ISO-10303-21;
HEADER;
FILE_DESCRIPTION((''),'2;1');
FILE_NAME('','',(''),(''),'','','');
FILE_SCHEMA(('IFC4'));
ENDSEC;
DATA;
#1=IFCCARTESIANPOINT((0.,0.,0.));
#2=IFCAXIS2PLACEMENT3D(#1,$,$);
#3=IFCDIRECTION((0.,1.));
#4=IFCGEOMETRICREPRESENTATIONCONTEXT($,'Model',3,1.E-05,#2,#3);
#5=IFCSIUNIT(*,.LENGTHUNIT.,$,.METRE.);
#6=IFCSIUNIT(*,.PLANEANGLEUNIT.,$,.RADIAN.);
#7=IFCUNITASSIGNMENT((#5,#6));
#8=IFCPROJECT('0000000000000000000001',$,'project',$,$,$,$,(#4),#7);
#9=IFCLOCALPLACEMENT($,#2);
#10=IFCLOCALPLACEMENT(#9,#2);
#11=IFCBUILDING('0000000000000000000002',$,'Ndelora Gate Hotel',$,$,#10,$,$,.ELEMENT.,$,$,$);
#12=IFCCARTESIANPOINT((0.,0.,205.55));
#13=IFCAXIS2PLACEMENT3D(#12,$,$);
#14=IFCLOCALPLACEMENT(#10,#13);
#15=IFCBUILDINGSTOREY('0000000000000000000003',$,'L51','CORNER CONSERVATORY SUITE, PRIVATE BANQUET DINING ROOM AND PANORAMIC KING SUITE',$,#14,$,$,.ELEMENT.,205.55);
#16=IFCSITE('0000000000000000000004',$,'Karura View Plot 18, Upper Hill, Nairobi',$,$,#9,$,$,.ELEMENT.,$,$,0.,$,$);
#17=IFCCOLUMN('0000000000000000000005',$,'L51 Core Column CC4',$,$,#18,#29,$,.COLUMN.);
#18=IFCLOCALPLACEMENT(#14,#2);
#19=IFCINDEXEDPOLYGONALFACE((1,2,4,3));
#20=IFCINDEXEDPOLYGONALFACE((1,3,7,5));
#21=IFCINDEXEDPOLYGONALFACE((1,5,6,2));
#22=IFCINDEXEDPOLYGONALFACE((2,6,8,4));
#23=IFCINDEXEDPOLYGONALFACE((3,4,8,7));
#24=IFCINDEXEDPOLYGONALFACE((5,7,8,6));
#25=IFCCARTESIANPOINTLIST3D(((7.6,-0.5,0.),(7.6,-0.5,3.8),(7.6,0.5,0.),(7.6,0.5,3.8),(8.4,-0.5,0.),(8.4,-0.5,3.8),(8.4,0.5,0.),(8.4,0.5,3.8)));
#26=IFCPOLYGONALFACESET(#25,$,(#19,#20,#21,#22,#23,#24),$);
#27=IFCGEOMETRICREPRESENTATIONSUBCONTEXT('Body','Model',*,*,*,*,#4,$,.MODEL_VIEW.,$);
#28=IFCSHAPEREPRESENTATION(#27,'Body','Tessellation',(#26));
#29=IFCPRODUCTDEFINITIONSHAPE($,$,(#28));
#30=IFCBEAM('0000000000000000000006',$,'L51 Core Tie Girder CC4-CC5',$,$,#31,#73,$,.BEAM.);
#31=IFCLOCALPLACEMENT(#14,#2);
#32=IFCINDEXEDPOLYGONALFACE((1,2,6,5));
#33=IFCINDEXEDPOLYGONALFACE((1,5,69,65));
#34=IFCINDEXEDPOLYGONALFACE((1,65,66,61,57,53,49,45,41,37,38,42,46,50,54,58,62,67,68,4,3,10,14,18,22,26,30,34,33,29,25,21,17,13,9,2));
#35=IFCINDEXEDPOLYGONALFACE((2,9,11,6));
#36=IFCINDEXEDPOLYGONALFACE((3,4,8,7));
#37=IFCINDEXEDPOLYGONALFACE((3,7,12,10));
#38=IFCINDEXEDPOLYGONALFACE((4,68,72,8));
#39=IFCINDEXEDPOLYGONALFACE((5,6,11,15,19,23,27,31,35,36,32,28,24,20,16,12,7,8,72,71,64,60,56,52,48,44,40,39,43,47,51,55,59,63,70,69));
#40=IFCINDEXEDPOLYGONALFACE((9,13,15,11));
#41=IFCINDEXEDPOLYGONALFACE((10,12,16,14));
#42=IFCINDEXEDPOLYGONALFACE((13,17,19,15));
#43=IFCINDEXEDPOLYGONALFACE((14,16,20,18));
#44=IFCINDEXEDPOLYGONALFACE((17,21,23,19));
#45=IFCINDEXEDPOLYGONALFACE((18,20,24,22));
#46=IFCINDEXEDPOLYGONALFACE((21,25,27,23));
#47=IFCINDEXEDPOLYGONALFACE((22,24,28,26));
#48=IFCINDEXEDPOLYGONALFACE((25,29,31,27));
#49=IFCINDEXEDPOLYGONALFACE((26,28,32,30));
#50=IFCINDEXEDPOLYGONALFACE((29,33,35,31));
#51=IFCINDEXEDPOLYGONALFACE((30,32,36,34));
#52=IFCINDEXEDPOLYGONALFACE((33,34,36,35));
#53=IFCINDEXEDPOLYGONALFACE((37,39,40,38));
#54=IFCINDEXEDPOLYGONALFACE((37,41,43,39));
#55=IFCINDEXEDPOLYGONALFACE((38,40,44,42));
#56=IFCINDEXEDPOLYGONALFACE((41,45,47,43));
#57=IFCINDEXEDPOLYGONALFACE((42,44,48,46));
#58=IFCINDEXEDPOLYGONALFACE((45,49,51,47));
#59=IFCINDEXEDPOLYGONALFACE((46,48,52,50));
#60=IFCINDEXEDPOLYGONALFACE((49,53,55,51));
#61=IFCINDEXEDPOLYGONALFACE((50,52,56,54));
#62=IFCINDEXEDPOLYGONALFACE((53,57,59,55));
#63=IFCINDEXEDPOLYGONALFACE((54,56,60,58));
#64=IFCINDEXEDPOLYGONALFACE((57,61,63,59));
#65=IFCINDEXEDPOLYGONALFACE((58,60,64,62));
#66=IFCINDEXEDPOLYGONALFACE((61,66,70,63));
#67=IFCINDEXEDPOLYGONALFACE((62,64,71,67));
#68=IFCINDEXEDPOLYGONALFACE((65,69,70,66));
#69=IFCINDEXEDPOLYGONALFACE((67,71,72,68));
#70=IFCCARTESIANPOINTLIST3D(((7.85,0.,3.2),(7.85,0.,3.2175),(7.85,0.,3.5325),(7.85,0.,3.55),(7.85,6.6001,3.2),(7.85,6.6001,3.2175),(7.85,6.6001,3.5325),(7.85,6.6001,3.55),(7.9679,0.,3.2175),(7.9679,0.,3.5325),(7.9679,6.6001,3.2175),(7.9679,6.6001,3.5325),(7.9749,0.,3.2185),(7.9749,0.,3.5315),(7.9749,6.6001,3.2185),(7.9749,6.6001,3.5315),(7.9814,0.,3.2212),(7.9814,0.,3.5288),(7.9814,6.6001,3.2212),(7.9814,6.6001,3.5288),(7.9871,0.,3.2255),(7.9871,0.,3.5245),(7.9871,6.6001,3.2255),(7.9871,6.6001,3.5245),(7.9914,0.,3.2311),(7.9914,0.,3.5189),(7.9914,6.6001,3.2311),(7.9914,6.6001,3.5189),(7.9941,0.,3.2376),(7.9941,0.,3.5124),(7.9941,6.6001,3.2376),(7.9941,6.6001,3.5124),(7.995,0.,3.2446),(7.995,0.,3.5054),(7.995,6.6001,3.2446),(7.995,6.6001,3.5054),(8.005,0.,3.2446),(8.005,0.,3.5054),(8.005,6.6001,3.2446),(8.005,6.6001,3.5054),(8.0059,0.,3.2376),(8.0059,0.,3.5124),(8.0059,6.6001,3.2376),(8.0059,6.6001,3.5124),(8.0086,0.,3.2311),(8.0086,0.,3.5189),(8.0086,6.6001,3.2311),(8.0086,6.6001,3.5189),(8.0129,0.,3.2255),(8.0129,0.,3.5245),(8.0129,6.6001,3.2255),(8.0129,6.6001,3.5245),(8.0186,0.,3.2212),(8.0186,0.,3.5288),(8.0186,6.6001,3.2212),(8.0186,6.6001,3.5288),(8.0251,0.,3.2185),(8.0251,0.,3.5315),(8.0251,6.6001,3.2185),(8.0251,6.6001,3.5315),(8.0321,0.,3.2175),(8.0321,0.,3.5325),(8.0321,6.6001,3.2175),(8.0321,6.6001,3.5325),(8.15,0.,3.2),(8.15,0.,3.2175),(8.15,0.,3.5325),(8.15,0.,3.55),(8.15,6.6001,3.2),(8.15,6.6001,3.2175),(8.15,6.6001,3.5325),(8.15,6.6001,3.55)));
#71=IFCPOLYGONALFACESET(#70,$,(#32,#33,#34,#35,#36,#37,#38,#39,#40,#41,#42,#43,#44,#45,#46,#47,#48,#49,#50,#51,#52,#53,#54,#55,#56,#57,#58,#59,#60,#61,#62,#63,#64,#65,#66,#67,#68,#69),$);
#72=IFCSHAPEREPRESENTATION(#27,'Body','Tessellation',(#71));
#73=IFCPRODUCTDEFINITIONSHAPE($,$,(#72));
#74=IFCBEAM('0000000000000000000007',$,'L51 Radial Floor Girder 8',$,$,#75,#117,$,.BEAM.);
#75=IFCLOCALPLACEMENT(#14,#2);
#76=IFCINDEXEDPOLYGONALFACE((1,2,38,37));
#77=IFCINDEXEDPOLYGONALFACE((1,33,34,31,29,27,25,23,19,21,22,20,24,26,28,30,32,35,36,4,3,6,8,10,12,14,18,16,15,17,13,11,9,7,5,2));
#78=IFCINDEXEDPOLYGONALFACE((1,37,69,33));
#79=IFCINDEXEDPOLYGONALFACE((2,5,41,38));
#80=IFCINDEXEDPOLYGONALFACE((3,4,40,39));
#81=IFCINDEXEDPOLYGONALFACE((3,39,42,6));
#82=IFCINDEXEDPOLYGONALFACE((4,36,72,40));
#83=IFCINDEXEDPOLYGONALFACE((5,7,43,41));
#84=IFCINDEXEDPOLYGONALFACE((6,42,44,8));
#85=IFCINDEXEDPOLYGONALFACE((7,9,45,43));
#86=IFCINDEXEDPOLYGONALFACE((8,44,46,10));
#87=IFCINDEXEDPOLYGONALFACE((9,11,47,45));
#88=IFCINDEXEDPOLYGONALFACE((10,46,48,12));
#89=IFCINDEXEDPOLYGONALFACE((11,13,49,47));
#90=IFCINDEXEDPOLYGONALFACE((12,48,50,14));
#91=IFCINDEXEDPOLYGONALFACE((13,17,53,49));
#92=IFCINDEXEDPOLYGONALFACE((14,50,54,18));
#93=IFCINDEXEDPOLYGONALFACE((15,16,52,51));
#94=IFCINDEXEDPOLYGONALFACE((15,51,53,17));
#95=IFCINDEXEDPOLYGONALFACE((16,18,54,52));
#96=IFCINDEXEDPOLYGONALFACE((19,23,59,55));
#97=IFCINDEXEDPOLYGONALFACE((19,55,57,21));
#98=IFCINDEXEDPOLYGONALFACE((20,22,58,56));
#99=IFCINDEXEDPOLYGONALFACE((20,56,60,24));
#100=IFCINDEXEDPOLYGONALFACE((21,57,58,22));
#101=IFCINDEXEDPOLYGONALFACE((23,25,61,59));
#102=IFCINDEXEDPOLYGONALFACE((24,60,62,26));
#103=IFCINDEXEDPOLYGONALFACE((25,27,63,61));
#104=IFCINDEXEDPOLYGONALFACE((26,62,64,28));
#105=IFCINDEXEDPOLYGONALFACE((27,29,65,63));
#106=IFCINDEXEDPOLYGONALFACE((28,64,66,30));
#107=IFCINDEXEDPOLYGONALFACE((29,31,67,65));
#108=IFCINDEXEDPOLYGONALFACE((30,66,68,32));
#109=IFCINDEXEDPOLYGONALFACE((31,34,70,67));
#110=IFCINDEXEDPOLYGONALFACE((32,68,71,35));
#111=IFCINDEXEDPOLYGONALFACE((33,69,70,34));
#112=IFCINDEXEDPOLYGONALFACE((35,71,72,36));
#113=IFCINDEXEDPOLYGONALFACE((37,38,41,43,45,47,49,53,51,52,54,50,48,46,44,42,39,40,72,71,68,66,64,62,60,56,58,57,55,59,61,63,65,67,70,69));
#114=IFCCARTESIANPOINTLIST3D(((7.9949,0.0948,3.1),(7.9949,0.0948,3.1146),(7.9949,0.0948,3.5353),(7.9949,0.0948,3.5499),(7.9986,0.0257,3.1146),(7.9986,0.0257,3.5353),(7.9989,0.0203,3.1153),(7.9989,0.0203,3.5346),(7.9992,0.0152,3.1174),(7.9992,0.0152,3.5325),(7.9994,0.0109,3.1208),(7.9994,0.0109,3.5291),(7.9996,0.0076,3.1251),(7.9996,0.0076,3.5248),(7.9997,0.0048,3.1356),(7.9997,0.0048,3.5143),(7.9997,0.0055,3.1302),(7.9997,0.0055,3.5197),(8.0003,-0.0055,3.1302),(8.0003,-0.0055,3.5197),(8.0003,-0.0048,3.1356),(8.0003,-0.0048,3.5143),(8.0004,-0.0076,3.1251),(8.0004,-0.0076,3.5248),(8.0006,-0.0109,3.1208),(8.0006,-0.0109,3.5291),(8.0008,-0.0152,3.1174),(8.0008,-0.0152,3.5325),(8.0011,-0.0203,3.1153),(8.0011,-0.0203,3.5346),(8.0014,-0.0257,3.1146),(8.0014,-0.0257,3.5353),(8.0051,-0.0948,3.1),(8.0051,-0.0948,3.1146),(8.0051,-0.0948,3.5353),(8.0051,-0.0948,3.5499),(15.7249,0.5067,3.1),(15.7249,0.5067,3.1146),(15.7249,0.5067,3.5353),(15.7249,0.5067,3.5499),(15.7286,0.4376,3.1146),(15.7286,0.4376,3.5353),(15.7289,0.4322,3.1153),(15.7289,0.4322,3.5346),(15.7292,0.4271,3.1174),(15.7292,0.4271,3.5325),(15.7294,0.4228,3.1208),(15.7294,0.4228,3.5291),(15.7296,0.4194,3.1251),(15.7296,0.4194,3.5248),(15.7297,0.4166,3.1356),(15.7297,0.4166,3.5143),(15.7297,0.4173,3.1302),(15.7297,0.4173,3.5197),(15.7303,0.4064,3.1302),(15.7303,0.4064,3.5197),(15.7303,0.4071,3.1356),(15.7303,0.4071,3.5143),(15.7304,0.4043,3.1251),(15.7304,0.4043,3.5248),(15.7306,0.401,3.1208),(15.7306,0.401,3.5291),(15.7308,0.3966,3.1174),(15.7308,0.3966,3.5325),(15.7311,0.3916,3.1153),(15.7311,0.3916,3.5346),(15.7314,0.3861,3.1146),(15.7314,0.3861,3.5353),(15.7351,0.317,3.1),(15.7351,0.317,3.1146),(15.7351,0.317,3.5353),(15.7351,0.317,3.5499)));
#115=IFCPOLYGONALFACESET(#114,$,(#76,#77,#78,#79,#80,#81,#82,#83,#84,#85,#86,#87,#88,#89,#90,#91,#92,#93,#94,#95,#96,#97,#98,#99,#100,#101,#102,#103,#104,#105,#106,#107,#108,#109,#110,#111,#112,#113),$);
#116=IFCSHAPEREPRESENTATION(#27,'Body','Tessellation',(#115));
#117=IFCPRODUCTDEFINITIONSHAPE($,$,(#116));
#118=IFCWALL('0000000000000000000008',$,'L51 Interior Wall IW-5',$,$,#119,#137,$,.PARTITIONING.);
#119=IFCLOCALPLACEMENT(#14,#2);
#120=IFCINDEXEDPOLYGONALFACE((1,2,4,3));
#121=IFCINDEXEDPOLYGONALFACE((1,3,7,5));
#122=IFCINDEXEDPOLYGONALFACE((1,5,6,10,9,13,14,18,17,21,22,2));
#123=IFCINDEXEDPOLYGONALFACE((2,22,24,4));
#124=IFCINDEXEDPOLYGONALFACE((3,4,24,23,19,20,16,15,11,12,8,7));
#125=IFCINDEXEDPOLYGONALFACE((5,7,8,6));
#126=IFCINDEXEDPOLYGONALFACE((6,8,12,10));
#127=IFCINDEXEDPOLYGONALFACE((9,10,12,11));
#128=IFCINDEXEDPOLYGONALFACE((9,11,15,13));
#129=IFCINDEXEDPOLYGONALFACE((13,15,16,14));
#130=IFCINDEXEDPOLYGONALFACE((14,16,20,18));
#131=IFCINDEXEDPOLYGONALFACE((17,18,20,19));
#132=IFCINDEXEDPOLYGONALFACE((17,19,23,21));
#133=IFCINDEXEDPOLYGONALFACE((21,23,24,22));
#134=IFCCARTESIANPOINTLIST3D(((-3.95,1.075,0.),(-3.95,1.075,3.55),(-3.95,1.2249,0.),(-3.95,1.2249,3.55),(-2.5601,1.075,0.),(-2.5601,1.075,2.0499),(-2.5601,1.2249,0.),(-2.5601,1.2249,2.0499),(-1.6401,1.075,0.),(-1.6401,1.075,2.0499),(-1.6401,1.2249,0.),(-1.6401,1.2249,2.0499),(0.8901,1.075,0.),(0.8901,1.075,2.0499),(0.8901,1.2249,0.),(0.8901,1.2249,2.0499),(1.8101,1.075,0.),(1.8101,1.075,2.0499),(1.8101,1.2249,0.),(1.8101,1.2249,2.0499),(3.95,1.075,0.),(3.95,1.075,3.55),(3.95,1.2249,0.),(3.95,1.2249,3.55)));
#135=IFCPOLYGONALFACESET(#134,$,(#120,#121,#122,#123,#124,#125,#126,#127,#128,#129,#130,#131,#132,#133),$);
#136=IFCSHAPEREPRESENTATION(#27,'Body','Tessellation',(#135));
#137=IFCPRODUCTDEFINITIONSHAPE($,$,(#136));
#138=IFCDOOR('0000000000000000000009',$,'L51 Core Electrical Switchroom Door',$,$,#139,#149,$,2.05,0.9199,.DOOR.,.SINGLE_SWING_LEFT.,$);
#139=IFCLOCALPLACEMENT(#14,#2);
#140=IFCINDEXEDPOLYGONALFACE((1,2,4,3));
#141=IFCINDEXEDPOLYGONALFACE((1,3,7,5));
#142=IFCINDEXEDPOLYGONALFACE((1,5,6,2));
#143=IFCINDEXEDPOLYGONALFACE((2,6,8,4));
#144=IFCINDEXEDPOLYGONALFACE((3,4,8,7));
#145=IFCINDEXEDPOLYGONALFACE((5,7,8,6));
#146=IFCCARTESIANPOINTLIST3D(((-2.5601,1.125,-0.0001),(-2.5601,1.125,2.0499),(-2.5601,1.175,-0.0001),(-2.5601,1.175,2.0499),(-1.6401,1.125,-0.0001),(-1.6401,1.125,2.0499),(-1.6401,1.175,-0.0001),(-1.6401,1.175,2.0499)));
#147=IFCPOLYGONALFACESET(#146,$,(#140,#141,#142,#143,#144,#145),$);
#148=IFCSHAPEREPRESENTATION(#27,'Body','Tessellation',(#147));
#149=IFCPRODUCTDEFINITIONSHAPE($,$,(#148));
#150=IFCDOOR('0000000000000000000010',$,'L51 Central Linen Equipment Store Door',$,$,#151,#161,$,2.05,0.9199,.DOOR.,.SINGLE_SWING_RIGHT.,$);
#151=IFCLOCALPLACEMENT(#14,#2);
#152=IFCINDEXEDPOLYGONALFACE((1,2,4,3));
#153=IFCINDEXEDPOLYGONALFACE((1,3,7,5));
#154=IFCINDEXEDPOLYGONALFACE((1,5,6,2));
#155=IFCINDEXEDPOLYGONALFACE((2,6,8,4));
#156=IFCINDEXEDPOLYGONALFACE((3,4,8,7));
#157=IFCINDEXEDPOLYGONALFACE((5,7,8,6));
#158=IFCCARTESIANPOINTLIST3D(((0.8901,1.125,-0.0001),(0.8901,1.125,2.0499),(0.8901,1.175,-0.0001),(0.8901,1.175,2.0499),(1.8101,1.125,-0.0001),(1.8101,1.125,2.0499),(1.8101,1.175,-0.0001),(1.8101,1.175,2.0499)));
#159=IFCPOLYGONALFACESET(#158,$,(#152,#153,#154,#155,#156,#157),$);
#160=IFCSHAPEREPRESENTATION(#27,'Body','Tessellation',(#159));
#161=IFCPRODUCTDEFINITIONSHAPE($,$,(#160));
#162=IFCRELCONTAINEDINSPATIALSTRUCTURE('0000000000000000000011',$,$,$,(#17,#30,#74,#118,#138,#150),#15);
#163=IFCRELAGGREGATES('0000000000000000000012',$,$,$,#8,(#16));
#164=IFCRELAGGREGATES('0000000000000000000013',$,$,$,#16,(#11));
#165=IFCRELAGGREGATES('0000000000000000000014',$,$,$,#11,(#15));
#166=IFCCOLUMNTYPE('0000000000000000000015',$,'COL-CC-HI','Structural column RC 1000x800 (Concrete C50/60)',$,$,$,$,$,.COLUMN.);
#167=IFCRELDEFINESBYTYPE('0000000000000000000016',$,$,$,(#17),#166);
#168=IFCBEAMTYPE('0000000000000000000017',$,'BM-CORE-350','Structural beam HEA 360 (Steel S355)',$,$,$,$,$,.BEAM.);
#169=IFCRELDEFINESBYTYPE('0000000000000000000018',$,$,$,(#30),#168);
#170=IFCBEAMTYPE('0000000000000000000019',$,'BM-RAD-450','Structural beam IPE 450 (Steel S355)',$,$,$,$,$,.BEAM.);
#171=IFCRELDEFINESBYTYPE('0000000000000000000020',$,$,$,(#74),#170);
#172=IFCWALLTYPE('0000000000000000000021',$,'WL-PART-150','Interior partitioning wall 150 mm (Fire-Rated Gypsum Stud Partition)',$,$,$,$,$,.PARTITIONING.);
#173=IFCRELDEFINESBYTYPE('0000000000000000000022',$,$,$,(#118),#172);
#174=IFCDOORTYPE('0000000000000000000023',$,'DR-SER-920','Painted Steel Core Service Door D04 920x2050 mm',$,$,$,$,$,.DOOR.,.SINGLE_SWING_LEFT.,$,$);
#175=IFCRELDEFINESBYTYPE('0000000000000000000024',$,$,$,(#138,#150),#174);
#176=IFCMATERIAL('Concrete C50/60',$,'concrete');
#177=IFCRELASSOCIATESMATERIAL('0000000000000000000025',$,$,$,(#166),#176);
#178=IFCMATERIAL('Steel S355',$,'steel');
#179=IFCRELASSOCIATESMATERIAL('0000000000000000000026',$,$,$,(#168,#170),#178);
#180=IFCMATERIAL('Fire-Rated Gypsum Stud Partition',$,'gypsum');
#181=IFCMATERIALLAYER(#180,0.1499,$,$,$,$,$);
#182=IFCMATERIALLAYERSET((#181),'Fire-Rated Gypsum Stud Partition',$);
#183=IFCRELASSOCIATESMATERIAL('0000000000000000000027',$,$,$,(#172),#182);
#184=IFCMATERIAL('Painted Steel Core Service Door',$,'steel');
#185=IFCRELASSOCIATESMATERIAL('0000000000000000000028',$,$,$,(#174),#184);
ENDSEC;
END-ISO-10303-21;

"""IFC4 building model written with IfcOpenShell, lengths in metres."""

from ifc_helpers import new_model, si_unit, direction, frame, frame_2d, origin, origin_2d, place, context, subcontext, project, spatial, rectangle, i_section, extrude, material, layer, layer_set, material_profile, profile_set, type_object, element, fill, save


model = new_model("IFC4")

# Units and contexts
model_context = context("Model", 3, precision=1e-05, world=origin(), true_north=direction((0.0, 1.0)))
body_context = subcontext(model_context, "Body", "Model", "MODEL_VIEW")
ifc_project = project(units=[si_unit("LENGTHUNIT", "METRE"), si_unit("PLANEANGLEUNIT", "RADIAN")], contexts=[model_context])

# Site, building, storey
site_placement = place(None, origin())
site = spatial("IfcSite", under=ifc_project, at=site_placement, Name="Karura View Plot 18, Upper Hill, Nairobi", CompositionType="ELEMENT", RefElevation=0.0)
building_placement = place(site_placement, origin())
building = spatial("IfcBuilding", under=site, at=building_placement, Name="Ndelora Gate Hotel", CompositionType="ELEMENT")
storey_placement = place(building_placement, frame((0.0, 0.0, 205.55)))
storey = spatial("IfcBuildingStorey", under=building, at=storey_placement, Name="L51", Description="CORNER CONSERVATORY SUITE, PRIVATE BANQUET DINING ROOM AND PANORAMIC KING SUITE", CompositionType="ELEMENT", Elevation=205.55)

# Column
ifc_material_1 = material(Name="Concrete C50/60", Category="concrete")
ifc_material_profile_1 = material_profile(ifc_material_1, rectangle(XDim=0.8, YDim=1.0, at=origin_2d()), Name="RC 1000x800")
ifc_profile_set_1 = profile_set([ifc_material_profile_1], Name="Concrete C50/60")
column_type = type_object("IfcColumnType", Name="COL-CC-HI", Description="Structural column RC 1000x800 (Concrete C50/60)", PredefinedType="COLUMN", material=ifc_profile_set_1)
column_placement = place(storey_placement, frame((8.0, 0.0, 0.0), z_axis=(0.0, 0.0, 1.0), x_axis=(1.0, 0.0, 0.0)))
element("IfcColumn", 1, at=column_placement, inside=storey, type_object=column_type, Name="L51 Core Column CC4", PredefinedType="COLUMN", context=body_context, shape_type="SweptSolid", body=[
    extrude(rectangle(XDim=0.8, YDim=1.0, at=origin_2d()), origin(), (0.0, 0.0, 1.0), 3.8),
])

# Beams
ifc_material_2 = material(Name="Steel S355", Category="steel")
ifc_material_profile_2 = material_profile(ifc_material_2, i_section(OverallWidth=0.3, OverallDepth=0.3501, WebThickness=0.01, FlangeThickness=0.0176, FilletRadius=0.0271, at=origin_2d()), Name="HEA 360")
ifc_profile_set_2 = profile_set([ifc_material_profile_2], Name="Steel S355")
beam_type_1 = type_object("IfcBeamType", Name="BM-CORE-350", Description="Structural beam HEA 360 (Steel S355)", PredefinedType="BEAM", material=ifc_profile_set_2)
beam_1_placement = place(storey_placement, frame((8.0, 0.0, 3.375), z_axis=(0.0, 1.0, 0.0), x_axis=(-1.0, 0.0, 0.0)))
element("IfcBeam", 2, at=beam_1_placement, inside=storey, type_object=beam_type_1, Name="L51 Core Tie Girder CC4-CC5", PredefinedType="BEAM", context=body_context, shape_type="SweptSolid", body=[
    extrude(i_section(OverallWidth=0.3, OverallDepth=0.3501, WebThickness=0.01, FlangeThickness=0.0176, FilletRadius=0.0271, at=origin_2d()), origin(), (0.0, 0.0, 1.0), 6.6001),
])
ifc_material_profile_3 = material_profile(ifc_material_2, i_section(OverallWidth=0.1899, OverallDepth=0.45, WebThickness=0.0095, FlangeThickness=0.0146, FilletRadius=0.021, at=origin_2d()), Name="IPE 450")
ifc_profile_set_3 = profile_set([ifc_material_profile_3], Name="Steel S355")
beam_type_2 = type_object("IfcBeamType", Name="BM-RAD-450", Description="Structural beam IPE 450 (Steel S355)", PredefinedType="BEAM", material=ifc_profile_set_3)
beam_2_placement = place(storey_placement, frame((8.0, 0.0, 3.325), z_axis=(0.998584, 0.053206, 0.0), x_axis=(-0.053206, 0.998584, 0.0)))
element("IfcBeam", 3, at=beam_2_placement, inside=storey, type_object=beam_type_2, Name="L51 Radial Floor Girder 8", PredefinedType="BEAM", context=body_context, shape_type="SweptSolid", body=[
    extrude(i_section(OverallWidth=0.1899, OverallDepth=0.45, WebThickness=0.0095, FlangeThickness=0.0146, FilletRadius=0.021, at=origin_2d()), origin(), (0.0, 0.0, 1.0), 7.741),
])

# Wall, openings, doors
ifc_material_3 = material(Name="Fire-Rated Gypsum Stud Partition", Category="gypsum")
ifc_layer_1 = layer(ifc_material_3, 0.1499)
ifc_layer_set_1 = layer_set([ifc_layer_1], Name="Fire-Rated Gypsum Stud Partition")
wall_type_1 = type_object("IfcWallType", Name="WL-PART-150", Description="Interior partitioning wall 150 mm (Fire-Rated Gypsum Stud Partition)", PredefinedType="PARTITIONING", material=ifc_layer_set_1)
wall_1_placement = place(storey_placement, frame((3.95, 1.1499, 0.0), z_axis=(0.0, 0.0, 1.0), x_axis=(-1.0, 0.0, 0.0)))
wall_1 = element("IfcWall", 4, at=wall_1_placement, inside=storey, type_object=wall_type_1, Name="L51 Interior Wall IW-5", PredefinedType="PARTITIONING", context=body_context, shape_type="SweptSolid", body=[
    extrude(rectangle(XDim=7.8999, YDim=0.1499, at=frame_2d((3.95, 0.0))), origin(), (0.0, 0.0, 1.0), 3.55),
])
opening_1_placement = place(wall_1_placement, frame((5.5901, 0.0, 0.0)))
opening_1 = element("IfcOpeningElement", 5, at=opening_1_placement, cuts=wall_1, PredefinedType="OPENING", context=body_context, shape_type="SweptSolid", body=[
    extrude(rectangle(XDim=0.9199, YDim=2.05, at=frame_2d((0.46, 1.0249))), frame((0.0, 0.085, 0.0), z_axis=(0.0, -1.0, 0.0), x_axis=(1.0, 0.0, 0.0)), (0.0, 0.0, 1.0), 0.1699),
])
opening_2_placement = place(wall_1_placement, frame((2.1399, 0.0, 0.0)))
opening_2 = element("IfcOpeningElement", 6, at=opening_2_placement, cuts=wall_1, PredefinedType="OPENING", context=body_context, shape_type="SweptSolid", body=[
    extrude(rectangle(XDim=0.9199, YDim=2.05, at=frame_2d((0.46, 1.0249))), frame((0.0, 0.085, 0.0), z_axis=(0.0, -1.0, 0.0), x_axis=(1.0, 0.0, 0.0)), (0.0, 0.0, 1.0), 0.1699),
])
ifc_material_4 = material(Name="Painted Steel Core Service Door", Category="steel")
door_type_1 = type_object("IfcDoorType", Name="DR-SER-920", Description="Painted Steel Core Service Door D04 920x2050 mm", OperationType="SINGLE_SWING_LEFT", PredefinedType="DOOR", material=ifc_material_4)
door_1_placement = place(opening_1_placement, origin())
door_1 = element("IfcDoor", 7, at=door_1_placement, inside=storey, type_object=door_type_1, Name="L51 Core Electrical Switchroom Door", OperationType="SINGLE_SWING_LEFT", OverallHeight=2.05, OverallWidth=0.9199, PredefinedType="DOOR", context=body_context, shape_type="SweptSolid", body=[
    extrude(rectangle(XDim=0.9199, YDim=2.05, at=frame_2d((0.46, 1.0249))), frame((0.0, 0.0249, 0.0), z_axis=(0.0, -1.0, 0.0), x_axis=(1.0, 0.0, 0.0)), (0.0, 0.0, 1.0), 0.05),
])
fill(opening_1, door_1)
door_2_placement = place(opening_2_placement, origin())
door_2 = element("IfcDoor", 8, at=door_2_placement, inside=storey, type_object=door_type_1, Name="L51 Central Linen Equipment Store Door", OperationType="SINGLE_SWING_RIGHT", OverallHeight=2.05, OverallWidth=0.9199, PredefinedType="DOOR", context=body_context, shape_type="SweptSolid", body=[
    extrude(rectangle(XDim=0.9199, YDim=2.05, at=frame_2d((0.46, 1.0249))), frame((0.0, 0.0249, 0.0), z_axis=(0.0, -1.0, 0.0), x_axis=(1.0, 0.0, 0.0)), (0.0, 0.0, 1.0), 0.05),
])
fill(opening_2, door_2)

save(model, "model.ifc")
